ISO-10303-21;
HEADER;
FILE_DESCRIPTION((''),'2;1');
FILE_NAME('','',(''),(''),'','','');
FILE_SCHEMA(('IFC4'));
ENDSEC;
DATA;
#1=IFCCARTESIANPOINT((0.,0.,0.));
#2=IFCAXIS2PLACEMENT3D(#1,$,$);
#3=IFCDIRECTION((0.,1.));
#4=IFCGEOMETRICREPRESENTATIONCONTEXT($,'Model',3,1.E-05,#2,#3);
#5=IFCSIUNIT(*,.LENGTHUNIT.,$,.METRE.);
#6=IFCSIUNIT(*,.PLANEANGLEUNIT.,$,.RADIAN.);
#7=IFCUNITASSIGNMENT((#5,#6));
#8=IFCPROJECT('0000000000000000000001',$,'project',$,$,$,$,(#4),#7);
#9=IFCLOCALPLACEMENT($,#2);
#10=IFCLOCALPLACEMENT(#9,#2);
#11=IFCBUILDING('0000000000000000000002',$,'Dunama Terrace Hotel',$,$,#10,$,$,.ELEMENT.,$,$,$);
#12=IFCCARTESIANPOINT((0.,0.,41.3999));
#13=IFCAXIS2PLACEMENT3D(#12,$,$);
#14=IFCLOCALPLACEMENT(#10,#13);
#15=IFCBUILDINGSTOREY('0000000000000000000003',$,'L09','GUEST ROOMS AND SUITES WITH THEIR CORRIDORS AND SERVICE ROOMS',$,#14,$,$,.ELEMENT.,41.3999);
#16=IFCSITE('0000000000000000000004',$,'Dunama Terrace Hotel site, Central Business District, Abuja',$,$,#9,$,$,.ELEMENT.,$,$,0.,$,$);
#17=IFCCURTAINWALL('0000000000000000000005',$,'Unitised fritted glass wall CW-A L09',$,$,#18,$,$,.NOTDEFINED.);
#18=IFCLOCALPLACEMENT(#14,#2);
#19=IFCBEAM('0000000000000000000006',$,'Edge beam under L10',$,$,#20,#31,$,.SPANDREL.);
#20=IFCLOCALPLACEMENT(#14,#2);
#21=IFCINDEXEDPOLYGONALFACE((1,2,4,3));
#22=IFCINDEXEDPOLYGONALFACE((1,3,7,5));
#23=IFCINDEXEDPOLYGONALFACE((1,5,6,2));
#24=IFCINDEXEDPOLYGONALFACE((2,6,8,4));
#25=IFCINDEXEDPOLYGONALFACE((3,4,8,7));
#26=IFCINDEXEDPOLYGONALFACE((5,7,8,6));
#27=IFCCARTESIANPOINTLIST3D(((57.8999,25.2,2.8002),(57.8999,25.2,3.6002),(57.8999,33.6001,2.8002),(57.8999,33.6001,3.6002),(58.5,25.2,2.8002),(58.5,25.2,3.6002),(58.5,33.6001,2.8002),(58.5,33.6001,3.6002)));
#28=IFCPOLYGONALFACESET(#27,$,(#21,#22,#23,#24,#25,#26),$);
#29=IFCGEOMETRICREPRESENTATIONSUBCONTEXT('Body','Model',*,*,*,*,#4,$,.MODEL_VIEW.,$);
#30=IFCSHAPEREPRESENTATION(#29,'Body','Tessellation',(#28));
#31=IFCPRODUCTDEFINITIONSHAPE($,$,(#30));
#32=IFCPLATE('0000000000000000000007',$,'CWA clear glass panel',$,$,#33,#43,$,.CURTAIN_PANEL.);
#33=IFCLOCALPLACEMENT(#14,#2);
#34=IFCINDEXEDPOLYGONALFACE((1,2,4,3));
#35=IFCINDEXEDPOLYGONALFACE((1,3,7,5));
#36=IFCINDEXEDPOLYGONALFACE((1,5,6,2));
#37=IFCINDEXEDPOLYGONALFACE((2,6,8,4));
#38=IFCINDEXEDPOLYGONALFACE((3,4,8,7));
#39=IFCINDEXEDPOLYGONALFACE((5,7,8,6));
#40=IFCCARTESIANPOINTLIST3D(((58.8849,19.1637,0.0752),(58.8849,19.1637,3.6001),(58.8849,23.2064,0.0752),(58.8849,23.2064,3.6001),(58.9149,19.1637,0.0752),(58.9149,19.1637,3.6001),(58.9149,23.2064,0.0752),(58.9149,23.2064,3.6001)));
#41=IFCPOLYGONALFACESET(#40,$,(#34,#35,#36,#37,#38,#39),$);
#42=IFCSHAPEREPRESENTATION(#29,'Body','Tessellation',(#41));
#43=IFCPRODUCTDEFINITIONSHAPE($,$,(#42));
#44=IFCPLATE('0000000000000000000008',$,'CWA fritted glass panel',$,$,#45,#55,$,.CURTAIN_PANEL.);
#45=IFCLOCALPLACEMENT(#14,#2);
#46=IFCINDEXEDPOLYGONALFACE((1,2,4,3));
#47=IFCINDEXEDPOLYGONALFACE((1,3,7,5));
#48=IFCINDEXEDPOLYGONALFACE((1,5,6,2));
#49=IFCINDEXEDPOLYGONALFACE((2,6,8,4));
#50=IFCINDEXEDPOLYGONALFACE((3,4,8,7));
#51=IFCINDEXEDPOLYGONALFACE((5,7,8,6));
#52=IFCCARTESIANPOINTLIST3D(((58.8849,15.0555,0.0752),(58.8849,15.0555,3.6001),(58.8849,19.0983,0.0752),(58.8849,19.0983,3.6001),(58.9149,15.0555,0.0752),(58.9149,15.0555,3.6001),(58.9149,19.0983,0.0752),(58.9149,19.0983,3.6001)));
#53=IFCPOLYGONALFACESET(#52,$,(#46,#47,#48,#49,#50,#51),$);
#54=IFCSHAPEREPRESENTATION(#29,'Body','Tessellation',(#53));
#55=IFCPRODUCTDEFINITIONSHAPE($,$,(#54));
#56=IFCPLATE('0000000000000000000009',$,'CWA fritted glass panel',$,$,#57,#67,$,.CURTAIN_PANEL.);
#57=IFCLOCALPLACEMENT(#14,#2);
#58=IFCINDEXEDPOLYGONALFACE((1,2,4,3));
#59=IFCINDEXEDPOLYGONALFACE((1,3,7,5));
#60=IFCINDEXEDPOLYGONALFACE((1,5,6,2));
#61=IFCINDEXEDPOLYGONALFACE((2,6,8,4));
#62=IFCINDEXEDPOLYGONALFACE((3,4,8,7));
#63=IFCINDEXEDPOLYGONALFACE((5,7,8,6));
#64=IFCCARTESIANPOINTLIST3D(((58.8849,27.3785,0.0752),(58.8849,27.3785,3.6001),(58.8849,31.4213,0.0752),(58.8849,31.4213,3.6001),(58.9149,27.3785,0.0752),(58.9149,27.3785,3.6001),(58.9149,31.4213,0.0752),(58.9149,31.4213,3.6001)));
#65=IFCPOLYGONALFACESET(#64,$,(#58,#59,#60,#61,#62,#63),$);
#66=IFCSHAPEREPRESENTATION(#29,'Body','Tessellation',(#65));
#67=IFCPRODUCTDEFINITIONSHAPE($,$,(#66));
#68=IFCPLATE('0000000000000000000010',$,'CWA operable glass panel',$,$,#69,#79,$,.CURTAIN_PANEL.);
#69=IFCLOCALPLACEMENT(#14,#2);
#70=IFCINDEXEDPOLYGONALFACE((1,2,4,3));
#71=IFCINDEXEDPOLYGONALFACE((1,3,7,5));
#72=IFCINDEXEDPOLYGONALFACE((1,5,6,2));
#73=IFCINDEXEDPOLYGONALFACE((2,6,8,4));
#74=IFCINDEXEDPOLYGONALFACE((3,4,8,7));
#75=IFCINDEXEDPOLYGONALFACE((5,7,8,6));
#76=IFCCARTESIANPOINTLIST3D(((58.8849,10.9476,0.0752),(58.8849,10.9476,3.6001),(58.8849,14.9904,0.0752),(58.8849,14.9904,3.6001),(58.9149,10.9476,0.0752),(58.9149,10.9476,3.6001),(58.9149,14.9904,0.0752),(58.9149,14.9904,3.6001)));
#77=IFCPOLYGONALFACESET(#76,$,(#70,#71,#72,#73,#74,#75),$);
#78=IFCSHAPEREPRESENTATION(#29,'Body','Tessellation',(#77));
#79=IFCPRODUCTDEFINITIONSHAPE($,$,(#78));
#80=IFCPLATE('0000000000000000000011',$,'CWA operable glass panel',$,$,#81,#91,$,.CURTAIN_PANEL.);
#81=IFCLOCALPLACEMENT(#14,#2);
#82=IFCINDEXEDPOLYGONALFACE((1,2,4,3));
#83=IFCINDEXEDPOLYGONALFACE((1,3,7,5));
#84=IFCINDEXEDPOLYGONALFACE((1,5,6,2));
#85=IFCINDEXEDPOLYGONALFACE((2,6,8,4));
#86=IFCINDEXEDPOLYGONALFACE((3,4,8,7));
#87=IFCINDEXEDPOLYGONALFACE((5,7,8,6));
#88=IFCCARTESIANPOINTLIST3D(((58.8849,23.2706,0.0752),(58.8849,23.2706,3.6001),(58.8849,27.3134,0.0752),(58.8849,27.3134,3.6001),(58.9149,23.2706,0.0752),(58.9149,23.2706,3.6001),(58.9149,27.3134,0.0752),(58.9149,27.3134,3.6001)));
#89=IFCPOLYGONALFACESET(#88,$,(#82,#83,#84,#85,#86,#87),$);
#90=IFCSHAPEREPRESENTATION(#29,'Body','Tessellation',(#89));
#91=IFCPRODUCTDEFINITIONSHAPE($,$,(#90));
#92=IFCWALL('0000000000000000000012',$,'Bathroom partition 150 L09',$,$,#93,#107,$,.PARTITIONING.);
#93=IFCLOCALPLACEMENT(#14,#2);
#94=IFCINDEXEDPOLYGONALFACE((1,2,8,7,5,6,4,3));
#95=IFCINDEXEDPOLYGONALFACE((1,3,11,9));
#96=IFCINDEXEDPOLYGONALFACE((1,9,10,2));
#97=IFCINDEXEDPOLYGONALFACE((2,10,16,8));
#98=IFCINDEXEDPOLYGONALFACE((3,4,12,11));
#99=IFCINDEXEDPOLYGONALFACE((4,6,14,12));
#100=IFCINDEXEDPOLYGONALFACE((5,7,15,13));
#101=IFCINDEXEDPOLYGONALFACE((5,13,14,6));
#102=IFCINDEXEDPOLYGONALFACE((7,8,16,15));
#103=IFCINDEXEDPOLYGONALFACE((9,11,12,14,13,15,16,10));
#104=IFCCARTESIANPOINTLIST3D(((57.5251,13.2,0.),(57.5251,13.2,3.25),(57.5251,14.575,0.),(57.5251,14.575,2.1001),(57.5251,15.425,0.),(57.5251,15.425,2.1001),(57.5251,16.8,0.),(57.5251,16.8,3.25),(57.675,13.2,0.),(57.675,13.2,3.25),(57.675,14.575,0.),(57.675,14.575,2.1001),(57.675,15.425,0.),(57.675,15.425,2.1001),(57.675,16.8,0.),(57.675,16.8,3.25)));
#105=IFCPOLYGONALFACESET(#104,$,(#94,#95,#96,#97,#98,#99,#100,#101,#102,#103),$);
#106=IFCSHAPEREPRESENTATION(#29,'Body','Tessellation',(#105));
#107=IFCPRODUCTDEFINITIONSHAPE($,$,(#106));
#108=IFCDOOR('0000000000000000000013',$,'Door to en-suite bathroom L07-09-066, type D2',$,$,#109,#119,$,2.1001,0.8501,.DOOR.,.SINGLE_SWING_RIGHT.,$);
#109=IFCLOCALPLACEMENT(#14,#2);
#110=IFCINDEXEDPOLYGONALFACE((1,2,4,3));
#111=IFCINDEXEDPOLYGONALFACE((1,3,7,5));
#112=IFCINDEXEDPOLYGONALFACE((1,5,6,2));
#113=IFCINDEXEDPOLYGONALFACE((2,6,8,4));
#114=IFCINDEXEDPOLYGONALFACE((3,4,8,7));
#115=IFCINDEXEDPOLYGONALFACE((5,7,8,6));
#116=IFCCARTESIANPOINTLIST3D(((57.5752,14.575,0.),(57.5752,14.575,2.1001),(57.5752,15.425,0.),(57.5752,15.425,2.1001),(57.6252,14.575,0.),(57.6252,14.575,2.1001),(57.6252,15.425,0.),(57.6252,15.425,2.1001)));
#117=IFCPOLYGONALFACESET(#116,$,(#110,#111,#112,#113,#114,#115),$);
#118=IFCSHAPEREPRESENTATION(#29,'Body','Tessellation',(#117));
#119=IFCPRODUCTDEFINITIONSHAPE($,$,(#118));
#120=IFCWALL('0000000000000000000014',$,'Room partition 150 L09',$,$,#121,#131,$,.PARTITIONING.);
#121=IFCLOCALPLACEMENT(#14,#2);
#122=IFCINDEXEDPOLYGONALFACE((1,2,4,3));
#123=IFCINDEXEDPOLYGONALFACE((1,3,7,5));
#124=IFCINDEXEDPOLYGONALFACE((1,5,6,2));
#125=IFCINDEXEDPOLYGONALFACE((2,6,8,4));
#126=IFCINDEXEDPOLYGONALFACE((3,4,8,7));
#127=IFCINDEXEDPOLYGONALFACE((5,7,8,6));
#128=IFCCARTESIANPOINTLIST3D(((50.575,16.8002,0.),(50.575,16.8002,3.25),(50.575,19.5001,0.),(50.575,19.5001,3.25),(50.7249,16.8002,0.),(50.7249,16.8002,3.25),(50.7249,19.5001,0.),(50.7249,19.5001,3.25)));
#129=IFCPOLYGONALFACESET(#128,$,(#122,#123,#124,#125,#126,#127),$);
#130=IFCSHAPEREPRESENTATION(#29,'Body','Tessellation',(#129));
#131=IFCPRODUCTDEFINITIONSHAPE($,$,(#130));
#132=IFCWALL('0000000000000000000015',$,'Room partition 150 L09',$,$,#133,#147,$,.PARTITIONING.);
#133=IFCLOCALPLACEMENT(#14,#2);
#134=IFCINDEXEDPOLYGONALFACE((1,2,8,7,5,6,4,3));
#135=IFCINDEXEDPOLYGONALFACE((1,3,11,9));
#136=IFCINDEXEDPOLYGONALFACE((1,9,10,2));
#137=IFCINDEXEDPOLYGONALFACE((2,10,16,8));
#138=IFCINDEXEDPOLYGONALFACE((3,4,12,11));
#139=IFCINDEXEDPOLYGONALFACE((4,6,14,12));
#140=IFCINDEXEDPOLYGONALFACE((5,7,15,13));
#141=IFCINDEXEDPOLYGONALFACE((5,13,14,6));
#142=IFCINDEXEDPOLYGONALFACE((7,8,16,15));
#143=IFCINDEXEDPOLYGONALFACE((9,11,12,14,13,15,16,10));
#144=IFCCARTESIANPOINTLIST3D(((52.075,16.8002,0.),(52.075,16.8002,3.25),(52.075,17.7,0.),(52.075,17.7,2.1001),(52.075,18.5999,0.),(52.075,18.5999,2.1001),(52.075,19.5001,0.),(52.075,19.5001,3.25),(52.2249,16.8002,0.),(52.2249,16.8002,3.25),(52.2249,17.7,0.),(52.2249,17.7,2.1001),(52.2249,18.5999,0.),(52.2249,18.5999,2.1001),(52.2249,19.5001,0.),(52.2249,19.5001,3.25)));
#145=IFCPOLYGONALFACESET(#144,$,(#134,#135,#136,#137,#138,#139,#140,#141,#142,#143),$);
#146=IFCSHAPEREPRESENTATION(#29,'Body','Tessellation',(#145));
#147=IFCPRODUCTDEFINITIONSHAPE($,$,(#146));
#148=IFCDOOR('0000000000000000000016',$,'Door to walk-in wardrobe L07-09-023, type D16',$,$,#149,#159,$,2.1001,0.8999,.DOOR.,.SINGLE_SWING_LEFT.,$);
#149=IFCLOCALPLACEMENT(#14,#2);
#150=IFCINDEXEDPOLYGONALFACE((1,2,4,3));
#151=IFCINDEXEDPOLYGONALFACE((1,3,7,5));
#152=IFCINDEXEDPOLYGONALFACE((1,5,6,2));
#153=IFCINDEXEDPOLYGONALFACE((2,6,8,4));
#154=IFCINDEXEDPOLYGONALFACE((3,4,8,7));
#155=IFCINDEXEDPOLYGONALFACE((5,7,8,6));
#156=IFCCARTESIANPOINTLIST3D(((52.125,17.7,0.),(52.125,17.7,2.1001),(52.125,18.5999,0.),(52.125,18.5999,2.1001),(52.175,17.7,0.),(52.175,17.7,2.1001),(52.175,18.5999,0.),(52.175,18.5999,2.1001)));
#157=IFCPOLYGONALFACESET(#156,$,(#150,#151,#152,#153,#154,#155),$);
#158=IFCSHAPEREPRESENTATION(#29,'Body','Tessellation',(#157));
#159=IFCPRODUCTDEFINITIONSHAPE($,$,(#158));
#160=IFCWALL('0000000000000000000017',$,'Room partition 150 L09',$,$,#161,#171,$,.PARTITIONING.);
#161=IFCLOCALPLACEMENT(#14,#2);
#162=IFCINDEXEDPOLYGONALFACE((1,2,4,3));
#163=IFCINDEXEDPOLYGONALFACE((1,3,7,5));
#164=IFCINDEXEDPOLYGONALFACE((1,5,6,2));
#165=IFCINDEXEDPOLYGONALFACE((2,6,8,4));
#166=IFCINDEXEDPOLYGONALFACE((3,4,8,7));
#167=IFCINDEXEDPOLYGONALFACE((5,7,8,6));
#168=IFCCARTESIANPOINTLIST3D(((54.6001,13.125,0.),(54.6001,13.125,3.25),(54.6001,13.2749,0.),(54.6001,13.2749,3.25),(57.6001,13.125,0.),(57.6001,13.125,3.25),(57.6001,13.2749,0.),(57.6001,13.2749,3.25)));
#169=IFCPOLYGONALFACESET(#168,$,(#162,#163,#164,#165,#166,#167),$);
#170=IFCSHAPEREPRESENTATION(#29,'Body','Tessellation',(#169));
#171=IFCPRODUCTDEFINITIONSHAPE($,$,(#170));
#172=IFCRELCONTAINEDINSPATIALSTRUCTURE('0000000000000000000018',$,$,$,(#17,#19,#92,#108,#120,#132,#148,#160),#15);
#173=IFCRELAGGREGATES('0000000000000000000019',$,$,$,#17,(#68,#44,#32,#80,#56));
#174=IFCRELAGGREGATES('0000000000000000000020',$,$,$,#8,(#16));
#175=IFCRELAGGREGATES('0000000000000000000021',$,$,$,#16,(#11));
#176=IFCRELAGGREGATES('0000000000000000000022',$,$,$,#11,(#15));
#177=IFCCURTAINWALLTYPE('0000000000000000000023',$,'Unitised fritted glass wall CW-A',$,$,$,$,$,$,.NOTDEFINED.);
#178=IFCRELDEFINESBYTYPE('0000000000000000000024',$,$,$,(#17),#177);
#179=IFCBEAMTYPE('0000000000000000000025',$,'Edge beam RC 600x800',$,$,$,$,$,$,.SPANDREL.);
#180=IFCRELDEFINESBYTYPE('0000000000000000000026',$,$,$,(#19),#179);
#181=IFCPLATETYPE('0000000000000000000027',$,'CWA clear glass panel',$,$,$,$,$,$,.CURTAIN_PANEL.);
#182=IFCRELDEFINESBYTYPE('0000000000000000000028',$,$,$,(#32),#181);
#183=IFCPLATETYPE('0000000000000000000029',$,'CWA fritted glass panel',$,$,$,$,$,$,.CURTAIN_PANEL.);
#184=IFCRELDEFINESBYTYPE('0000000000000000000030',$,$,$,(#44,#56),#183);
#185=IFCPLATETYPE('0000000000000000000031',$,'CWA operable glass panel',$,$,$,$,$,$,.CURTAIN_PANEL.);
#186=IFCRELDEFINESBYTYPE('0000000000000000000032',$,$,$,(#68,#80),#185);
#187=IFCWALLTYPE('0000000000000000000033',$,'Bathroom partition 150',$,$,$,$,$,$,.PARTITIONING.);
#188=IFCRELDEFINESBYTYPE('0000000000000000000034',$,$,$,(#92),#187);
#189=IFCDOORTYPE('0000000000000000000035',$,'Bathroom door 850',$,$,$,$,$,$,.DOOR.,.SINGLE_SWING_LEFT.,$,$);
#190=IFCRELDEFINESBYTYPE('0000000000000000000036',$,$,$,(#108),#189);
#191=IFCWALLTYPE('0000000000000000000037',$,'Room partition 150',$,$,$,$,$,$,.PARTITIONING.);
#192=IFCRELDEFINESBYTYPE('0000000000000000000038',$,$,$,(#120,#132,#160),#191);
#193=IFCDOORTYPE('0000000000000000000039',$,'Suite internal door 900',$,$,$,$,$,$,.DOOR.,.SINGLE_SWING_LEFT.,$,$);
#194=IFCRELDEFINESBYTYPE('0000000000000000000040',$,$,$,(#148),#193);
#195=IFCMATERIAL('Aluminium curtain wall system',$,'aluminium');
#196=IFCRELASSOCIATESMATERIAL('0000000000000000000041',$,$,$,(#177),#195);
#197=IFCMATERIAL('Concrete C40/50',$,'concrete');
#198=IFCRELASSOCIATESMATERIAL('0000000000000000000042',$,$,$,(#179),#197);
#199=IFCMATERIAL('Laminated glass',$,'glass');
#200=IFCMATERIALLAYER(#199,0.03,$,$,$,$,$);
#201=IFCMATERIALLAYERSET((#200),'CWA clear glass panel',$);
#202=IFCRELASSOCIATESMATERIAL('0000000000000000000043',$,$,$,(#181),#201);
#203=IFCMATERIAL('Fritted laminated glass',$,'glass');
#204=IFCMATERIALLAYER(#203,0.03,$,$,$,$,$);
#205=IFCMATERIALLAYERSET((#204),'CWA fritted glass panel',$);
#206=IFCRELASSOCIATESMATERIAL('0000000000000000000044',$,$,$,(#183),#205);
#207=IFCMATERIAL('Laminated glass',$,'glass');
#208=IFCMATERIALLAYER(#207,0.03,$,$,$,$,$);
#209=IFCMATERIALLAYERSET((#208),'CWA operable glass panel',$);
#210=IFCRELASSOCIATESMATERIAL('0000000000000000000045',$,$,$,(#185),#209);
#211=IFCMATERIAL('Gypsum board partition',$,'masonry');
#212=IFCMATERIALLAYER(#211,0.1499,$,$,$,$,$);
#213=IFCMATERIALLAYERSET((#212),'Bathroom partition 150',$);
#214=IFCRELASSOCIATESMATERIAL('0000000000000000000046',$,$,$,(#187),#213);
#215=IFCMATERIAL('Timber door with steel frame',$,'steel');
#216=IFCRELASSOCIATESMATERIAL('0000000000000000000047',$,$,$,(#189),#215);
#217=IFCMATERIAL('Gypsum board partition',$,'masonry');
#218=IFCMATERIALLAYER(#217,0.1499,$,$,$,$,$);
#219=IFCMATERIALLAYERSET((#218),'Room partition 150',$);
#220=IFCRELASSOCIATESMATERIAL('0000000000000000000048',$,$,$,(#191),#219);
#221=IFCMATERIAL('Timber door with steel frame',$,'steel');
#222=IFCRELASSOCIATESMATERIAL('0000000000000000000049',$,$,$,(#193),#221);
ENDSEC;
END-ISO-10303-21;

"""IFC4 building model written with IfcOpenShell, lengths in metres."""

from ifc_helpers import new_model, si_unit, direction, frame, frame_2d, origin, origin_2d, place, context, subcontext, project, spatial, rectangle, extrude, material, layer, layer_set, material_profile, profile_set, type_object, element, fill, aggregate, save


model = new_model("IFC4")

# Units and contexts
model_context = context("Model", 3, precision=1e-05, world=origin(), true_north=direction((0.0, 1.0)))
body_context = subcontext(model_context, "Body", "Model", "MODEL_VIEW")
ifc_project = project(units=[si_unit("LENGTHUNIT", "METRE"), si_unit("PLANEANGLEUNIT", "RADIAN")], contexts=[model_context])

# Site, building, storey
site_placement = place(None, origin())
site = spatial("IfcSite", under=ifc_project, at=site_placement, Name="Dunama Terrace Hotel site, Central Business District, Abuja", CompositionType="ELEMENT", RefElevation=0.0)
building_placement = place(site_placement, origin())
building = spatial("IfcBuilding", under=site, at=building_placement, Name="Dunama Terrace Hotel", CompositionType="ELEMENT")
storey_placement = place(building_placement, frame((0.0, 0.0, 41.3999)))
storey = spatial("IfcBuildingStorey", under=building, at=storey_placement, Name="L09", Description="GUEST ROOMS AND SUITES WITH THEIR CORRIDORS AND SERVICE ROOMS", CompositionType="ELEMENT", Elevation=41.3999)

# Curtain wall
ifc_material_1 = material(Name="Aluminium curtain wall system", Category="aluminium")
curtain_wall_type = type_object("IfcCurtainWallType", Name="Unitised fritted glass wall CW-A", PredefinedType="NOTDEFINED", material=ifc_material_1)
curtain_wall_placement = place(storey_placement, origin())
curtain_wall = element("IfcCurtainWall", 1, at=curtain_wall_placement, inside=storey, type_object=curtain_wall_type, Name="Unitised fritted glass wall CW-A L09", PredefinedType="NOTDEFINED")

# Beam
ifc_material_2 = material(Name="Concrete C40/50", Category="concrete")
ifc_material_profile_1 = material_profile(ifc_material_2, rectangle(XDim=0.6001, YDim=0.8, at=origin_2d()), Name="RC 600x800")
ifc_profile_set_1 = profile_set([ifc_material_profile_1], Name="Concrete C40/50")
beam_type = type_object("IfcBeamType", Name="Edge beam RC 600x800", PredefinedType="SPANDREL", material=ifc_profile_set_1)
beam_1_placement = place(storey_placement, frame((58.2, 25.2, 3.2002), z_axis=(0.0, 1.0, 0.0), x_axis=(-1.0, 0.0, 0.0)))
element("IfcBeam", 2, at=beam_1_placement, inside=storey, type_object=beam_type, Name="Edge beam under L10", PredefinedType="SPANDREL", context=body_context, shape_type="SweptSolid", body=[
    extrude(rectangle(XDim=0.6001, YDim=0.8, at=origin_2d()), origin(), (0.0, 0.0, 1.0), 8.4001),
])

# Plates
ifc_material_3 = material(Name="Laminated glass", Category="glass")
ifc_layer_1 = layer(ifc_material_3, 0.03)
ifc_layer_set_1 = layer_set([ifc_layer_1], Name="CWA clear glass panel")
plate_type_1 = type_object("IfcPlateType", Name="CWA clear glass panel", PredefinedType="CURTAIN_PANEL", material=ifc_layer_set_1)
plate_1_placement = place(storey_placement, frame((58.8999, 21.1851, 0.0752), z_axis=(0.0, 0.0, 1.0), x_axis=(0.0, 1.0, 0.0)))
plate_1 = element("IfcPlate", 3, at=plate_1_placement, type_object=plate_type_1, Name="CWA clear glass panel", PredefinedType="CURTAIN_PANEL", context=body_context, shape_type="SweptSolid", body=[
    extrude(rectangle(XDim=4.0427, YDim=0.03, at=origin_2d()), origin(), (0.0, 0.0, 1.0), 3.5249),
])
ifc_material_4 = material(Name="Fritted laminated glass", Category="glass")
ifc_layer_2 = layer(ifc_material_4, 0.03)
ifc_layer_set_2 = layer_set([ifc_layer_2], Name="CWA fritted glass panel")
plate_type_2 = type_object("IfcPlateType", Name="CWA fritted glass panel", PredefinedType="CURTAIN_PANEL", material=ifc_layer_set_2)
plate_2_placement = place(storey_placement, frame((58.8999, 17.0769, 0.0752), z_axis=(0.0, 0.0, 1.0), x_axis=(0.0, 1.0, 0.0)))
plate_2 = element("IfcPlate", 4, at=plate_2_placement, type_object=plate_type_2, Name="CWA fritted glass panel", PredefinedType="CURTAIN_PANEL", context=body_context, shape_type="SweptSolid", body=[
    extrude(rectangle(XDim=4.0427, YDim=0.03, at=origin_2d()), origin(), (0.0, 0.0, 1.0), 3.5249),
])
plate_3_placement = place(storey_placement, frame((58.8999, 29.3999, 0.0752), z_axis=(0.0, 0.0, 1.0), x_axis=(0.0, 1.0, 0.0)))
plate_3 = element("IfcPlate", 5, at=plate_3_placement, type_object=plate_type_2, Name="CWA fritted glass panel", PredefinedType="CURTAIN_PANEL", context=body_context, shape_type="SweptSolid", body=[
    extrude(rectangle(XDim=4.0427, YDim=0.03, at=origin_2d()), origin(), (0.0, 0.0, 1.0), 3.5249),
])
ifc_material_5 = material(Name="Laminated glass", Category="glass")
ifc_layer_3 = layer(ifc_material_5, 0.03)
ifc_layer_set_3 = layer_set([ifc_layer_3], Name="CWA operable glass panel")
plate_type_3 = type_object("IfcPlateType", Name="CWA operable glass panel", PredefinedType="CURTAIN_PANEL", material=ifc_layer_set_3)
plate_4_placement = place(storey_placement, frame((58.8999, 12.969, 0.0752), z_axis=(0.0, 0.0, 1.0), x_axis=(0.0, 1.0, 0.0)))
plate_4 = element("IfcPlate", 6, at=plate_4_placement, type_object=plate_type_3, Name="CWA operable glass panel", PredefinedType="CURTAIN_PANEL", context=body_context, shape_type="SweptSolid", body=[
    extrude(rectangle(XDim=4.0427, YDim=0.03, at=origin_2d()), origin(), (0.0, 0.0, 1.0), 3.5249),
])
plate_5_placement = place(storey_placement, frame((58.8999, 25.292, 0.0752), z_axis=(0.0, 0.0, 1.0), x_axis=(0.0, 1.0, 0.0)))
plate_5 = element("IfcPlate", 7, at=plate_5_placement, type_object=plate_type_3, Name="CWA operable glass panel", PredefinedType="CURTAIN_PANEL", context=body_context, shape_type="SweptSolid", body=[
    extrude(rectangle(XDim=4.0427, YDim=0.03, at=origin_2d()), origin(), (0.0, 0.0, 1.0), 3.5249),
])
aggregate(curtain_wall, [plate_4, plate_2, plate_1, plate_5, plate_3])

# Wall, opening, door
ifc_material_6 = material(Name="Gypsum board partition", Category="masonry")
ifc_layer_4 = layer(ifc_material_6, 0.1499)
ifc_layer_set_4 = layer_set([ifc_layer_4], Name="Bathroom partition 150")
wall_type_1 = type_object("IfcWallType", Name="Bathroom partition 150", PredefinedType="PARTITIONING", material=ifc_layer_set_4)
wall_1_placement = place(storey_placement, frame((57.6001, 13.2, 0.0), z_axis=(0.0, 0.0, 1.0), x_axis=(0.0, 1.0, 0.0)))
wall_1 = element("IfcWall", 8, at=wall_1_placement, inside=storey, type_object=wall_type_1, Name="Bathroom partition 150 L09", PredefinedType="PARTITIONING", context=body_context, shape_type="SweptSolid", body=[
    extrude(rectangle(XDim=3.6001, YDim=0.1499, at=frame_2d((1.8, 0.0))), origin(), (0.0, 0.0, 1.0), 3.25),
])
opening_1_placement = place(wall_1_placement, frame((1.375, 0.0, 0.0)))
opening_1 = element("IfcOpeningElement", 9, at=opening_1_placement, cuts=wall_1, PredefinedType="OPENING", context=body_context, shape_type="SweptSolid", body=[
    extrude(rectangle(XDim=0.8501, YDim=2.1001, at=frame_2d((0.425, 1.05))), frame((0.0, 0.085, 0.0), z_axis=(0.0, -1.0, 0.0), x_axis=(1.0, 0.0, 0.0)), (0.0, 0.0, 1.0), 0.1699),
])
ifc_material_7 = material(Name="Timber door with steel frame", Category="steel")
door_type_1 = type_object("IfcDoorType", Name="Bathroom door 850", OperationType="SINGLE_SWING_LEFT", PredefinedType="DOOR", material=ifc_material_7)
door_1_placement = place(opening_1_placement, origin())
door_1 = element("IfcDoor", 10, at=door_1_placement, inside=storey, type_object=door_type_1, Name="Door to en-suite bathroom L07-09-066, type D2", OperationType="SINGLE_SWING_RIGHT", OverallHeight=2.1001, OverallWidth=0.8501, PredefinedType="DOOR", context=body_context, shape_type="SweptSolid", body=[
    extrude(rectangle(XDim=0.8501, YDim=2.1001, at=frame_2d((0.425, 1.05))), frame((0.0, 0.0249, 0.0), z_axis=(0.0, -1.0, 0.0), x_axis=(1.0, 0.0, 0.0)), (0.0, 0.0, 1.0), 0.05),
])
fill(opening_1, door_1)

# Wall
ifc_material_8 = material(Name="Gypsum board partition", Category="masonry")
ifc_layer_5 = layer(ifc_material_8, 0.1499)
ifc_layer_set_5 = layer_set([ifc_layer_5], Name="Room partition 150")
wall_type_2 = type_object("IfcWallType", Name="Room partition 150", PredefinedType="PARTITIONING", material=ifc_layer_set_5)
wall_2_placement = place(storey_placement, frame((50.6499, 16.8, 0.0), z_axis=(0.0, 0.0, 1.0), x_axis=(0.0, 1.0, 0.0)))
element("IfcWall", 11, at=wall_2_placement, inside=storey, type_object=wall_type_2, Name="Room partition 150 L09", PredefinedType="PARTITIONING", context=body_context, shape_type="SweptSolid", body=[
    extrude(rectangle(XDim=2.7, YDim=0.1499, at=frame_2d((1.3501, 0.0))), origin(), (0.0, 0.0, 1.0), 3.25),
])

# Wall, opening, door
wall_3_placement = place(storey_placement, frame((52.1499, 16.8, 0.0), z_axis=(0.0, 0.0, 1.0), x_axis=(0.0, 1.0, 0.0)))
wall_3 = element("IfcWall", 12, at=wall_3_placement, inside=storey, type_object=wall_type_2, Name="Room partition 150 L09", PredefinedType="PARTITIONING", context=body_context, shape_type="SweptSolid", body=[
    extrude(rectangle(XDim=2.7, YDim=0.1499, at=frame_2d((1.3501, 0.0))), origin(), (0.0, 0.0, 1.0), 3.25),
])
opening_2_placement = place(wall_3_placement, frame((0.8999, 0.0, 0.0)))
opening_2 = element("IfcOpeningElement", 13, at=opening_2_placement, cuts=wall_3, PredefinedType="OPENING", context=body_context, shape_type="SweptSolid", body=[
    extrude(rectangle(XDim=0.8999, YDim=2.1001, at=frame_2d((0.45, 1.05))), frame((0.0, 0.085, 0.0), z_axis=(0.0, -1.0, 0.0), x_axis=(1.0, 0.0, 0.0)), (0.0, 0.0, 1.0), 0.1699),
])
ifc_material_9 = material(Name="Timber door with steel frame", Category="steel")
door_type_2 = type_object("IfcDoorType", Name="Suite internal door 900", OperationType="SINGLE_SWING_LEFT", PredefinedType="DOOR", material=ifc_material_9)
door_2_placement = place(opening_2_placement, origin())
door_2 = element("IfcDoor", 14, at=door_2_placement, inside=storey, type_object=door_type_2, Name="Door to walk-in wardrobe L07-09-023, type D16", OperationType="SINGLE_SWING_LEFT", OverallHeight=2.1001, OverallWidth=0.8999, PredefinedType="DOOR", context=body_context, shape_type="SweptSolid", body=[
    extrude(rectangle(XDim=0.8999, YDim=2.1001, at=frame_2d((0.45, 1.05))), frame((0.0, 0.0249, 0.0), z_axis=(0.0, -1.0, 0.0), x_axis=(1.0, 0.0, 0.0)), (0.0, 0.0, 1.0), 0.05),
])
fill(opening_2, door_2)

# Wall
wall_4_placement = place(storey_placement, frame((54.6001, 13.2, 0.0), z_axis=(0.0, 0.0, 1.0), x_axis=(1.0, 0.0, 0.0)))
element("IfcWall", 15, at=wall_4_placement, inside=storey, type_object=wall_type_2, Name="Room partition 150 L09", PredefinedType="PARTITIONING", context=body_context, shape_type="SweptSolid", body=[
    extrude(rectangle(XDim=3.0, YDim=0.1499, at=frame_2d((1.5, 0.0))), origin(), (0.0, 0.0, 1.0), 3.25),
])

save(model, "model.ifc")
